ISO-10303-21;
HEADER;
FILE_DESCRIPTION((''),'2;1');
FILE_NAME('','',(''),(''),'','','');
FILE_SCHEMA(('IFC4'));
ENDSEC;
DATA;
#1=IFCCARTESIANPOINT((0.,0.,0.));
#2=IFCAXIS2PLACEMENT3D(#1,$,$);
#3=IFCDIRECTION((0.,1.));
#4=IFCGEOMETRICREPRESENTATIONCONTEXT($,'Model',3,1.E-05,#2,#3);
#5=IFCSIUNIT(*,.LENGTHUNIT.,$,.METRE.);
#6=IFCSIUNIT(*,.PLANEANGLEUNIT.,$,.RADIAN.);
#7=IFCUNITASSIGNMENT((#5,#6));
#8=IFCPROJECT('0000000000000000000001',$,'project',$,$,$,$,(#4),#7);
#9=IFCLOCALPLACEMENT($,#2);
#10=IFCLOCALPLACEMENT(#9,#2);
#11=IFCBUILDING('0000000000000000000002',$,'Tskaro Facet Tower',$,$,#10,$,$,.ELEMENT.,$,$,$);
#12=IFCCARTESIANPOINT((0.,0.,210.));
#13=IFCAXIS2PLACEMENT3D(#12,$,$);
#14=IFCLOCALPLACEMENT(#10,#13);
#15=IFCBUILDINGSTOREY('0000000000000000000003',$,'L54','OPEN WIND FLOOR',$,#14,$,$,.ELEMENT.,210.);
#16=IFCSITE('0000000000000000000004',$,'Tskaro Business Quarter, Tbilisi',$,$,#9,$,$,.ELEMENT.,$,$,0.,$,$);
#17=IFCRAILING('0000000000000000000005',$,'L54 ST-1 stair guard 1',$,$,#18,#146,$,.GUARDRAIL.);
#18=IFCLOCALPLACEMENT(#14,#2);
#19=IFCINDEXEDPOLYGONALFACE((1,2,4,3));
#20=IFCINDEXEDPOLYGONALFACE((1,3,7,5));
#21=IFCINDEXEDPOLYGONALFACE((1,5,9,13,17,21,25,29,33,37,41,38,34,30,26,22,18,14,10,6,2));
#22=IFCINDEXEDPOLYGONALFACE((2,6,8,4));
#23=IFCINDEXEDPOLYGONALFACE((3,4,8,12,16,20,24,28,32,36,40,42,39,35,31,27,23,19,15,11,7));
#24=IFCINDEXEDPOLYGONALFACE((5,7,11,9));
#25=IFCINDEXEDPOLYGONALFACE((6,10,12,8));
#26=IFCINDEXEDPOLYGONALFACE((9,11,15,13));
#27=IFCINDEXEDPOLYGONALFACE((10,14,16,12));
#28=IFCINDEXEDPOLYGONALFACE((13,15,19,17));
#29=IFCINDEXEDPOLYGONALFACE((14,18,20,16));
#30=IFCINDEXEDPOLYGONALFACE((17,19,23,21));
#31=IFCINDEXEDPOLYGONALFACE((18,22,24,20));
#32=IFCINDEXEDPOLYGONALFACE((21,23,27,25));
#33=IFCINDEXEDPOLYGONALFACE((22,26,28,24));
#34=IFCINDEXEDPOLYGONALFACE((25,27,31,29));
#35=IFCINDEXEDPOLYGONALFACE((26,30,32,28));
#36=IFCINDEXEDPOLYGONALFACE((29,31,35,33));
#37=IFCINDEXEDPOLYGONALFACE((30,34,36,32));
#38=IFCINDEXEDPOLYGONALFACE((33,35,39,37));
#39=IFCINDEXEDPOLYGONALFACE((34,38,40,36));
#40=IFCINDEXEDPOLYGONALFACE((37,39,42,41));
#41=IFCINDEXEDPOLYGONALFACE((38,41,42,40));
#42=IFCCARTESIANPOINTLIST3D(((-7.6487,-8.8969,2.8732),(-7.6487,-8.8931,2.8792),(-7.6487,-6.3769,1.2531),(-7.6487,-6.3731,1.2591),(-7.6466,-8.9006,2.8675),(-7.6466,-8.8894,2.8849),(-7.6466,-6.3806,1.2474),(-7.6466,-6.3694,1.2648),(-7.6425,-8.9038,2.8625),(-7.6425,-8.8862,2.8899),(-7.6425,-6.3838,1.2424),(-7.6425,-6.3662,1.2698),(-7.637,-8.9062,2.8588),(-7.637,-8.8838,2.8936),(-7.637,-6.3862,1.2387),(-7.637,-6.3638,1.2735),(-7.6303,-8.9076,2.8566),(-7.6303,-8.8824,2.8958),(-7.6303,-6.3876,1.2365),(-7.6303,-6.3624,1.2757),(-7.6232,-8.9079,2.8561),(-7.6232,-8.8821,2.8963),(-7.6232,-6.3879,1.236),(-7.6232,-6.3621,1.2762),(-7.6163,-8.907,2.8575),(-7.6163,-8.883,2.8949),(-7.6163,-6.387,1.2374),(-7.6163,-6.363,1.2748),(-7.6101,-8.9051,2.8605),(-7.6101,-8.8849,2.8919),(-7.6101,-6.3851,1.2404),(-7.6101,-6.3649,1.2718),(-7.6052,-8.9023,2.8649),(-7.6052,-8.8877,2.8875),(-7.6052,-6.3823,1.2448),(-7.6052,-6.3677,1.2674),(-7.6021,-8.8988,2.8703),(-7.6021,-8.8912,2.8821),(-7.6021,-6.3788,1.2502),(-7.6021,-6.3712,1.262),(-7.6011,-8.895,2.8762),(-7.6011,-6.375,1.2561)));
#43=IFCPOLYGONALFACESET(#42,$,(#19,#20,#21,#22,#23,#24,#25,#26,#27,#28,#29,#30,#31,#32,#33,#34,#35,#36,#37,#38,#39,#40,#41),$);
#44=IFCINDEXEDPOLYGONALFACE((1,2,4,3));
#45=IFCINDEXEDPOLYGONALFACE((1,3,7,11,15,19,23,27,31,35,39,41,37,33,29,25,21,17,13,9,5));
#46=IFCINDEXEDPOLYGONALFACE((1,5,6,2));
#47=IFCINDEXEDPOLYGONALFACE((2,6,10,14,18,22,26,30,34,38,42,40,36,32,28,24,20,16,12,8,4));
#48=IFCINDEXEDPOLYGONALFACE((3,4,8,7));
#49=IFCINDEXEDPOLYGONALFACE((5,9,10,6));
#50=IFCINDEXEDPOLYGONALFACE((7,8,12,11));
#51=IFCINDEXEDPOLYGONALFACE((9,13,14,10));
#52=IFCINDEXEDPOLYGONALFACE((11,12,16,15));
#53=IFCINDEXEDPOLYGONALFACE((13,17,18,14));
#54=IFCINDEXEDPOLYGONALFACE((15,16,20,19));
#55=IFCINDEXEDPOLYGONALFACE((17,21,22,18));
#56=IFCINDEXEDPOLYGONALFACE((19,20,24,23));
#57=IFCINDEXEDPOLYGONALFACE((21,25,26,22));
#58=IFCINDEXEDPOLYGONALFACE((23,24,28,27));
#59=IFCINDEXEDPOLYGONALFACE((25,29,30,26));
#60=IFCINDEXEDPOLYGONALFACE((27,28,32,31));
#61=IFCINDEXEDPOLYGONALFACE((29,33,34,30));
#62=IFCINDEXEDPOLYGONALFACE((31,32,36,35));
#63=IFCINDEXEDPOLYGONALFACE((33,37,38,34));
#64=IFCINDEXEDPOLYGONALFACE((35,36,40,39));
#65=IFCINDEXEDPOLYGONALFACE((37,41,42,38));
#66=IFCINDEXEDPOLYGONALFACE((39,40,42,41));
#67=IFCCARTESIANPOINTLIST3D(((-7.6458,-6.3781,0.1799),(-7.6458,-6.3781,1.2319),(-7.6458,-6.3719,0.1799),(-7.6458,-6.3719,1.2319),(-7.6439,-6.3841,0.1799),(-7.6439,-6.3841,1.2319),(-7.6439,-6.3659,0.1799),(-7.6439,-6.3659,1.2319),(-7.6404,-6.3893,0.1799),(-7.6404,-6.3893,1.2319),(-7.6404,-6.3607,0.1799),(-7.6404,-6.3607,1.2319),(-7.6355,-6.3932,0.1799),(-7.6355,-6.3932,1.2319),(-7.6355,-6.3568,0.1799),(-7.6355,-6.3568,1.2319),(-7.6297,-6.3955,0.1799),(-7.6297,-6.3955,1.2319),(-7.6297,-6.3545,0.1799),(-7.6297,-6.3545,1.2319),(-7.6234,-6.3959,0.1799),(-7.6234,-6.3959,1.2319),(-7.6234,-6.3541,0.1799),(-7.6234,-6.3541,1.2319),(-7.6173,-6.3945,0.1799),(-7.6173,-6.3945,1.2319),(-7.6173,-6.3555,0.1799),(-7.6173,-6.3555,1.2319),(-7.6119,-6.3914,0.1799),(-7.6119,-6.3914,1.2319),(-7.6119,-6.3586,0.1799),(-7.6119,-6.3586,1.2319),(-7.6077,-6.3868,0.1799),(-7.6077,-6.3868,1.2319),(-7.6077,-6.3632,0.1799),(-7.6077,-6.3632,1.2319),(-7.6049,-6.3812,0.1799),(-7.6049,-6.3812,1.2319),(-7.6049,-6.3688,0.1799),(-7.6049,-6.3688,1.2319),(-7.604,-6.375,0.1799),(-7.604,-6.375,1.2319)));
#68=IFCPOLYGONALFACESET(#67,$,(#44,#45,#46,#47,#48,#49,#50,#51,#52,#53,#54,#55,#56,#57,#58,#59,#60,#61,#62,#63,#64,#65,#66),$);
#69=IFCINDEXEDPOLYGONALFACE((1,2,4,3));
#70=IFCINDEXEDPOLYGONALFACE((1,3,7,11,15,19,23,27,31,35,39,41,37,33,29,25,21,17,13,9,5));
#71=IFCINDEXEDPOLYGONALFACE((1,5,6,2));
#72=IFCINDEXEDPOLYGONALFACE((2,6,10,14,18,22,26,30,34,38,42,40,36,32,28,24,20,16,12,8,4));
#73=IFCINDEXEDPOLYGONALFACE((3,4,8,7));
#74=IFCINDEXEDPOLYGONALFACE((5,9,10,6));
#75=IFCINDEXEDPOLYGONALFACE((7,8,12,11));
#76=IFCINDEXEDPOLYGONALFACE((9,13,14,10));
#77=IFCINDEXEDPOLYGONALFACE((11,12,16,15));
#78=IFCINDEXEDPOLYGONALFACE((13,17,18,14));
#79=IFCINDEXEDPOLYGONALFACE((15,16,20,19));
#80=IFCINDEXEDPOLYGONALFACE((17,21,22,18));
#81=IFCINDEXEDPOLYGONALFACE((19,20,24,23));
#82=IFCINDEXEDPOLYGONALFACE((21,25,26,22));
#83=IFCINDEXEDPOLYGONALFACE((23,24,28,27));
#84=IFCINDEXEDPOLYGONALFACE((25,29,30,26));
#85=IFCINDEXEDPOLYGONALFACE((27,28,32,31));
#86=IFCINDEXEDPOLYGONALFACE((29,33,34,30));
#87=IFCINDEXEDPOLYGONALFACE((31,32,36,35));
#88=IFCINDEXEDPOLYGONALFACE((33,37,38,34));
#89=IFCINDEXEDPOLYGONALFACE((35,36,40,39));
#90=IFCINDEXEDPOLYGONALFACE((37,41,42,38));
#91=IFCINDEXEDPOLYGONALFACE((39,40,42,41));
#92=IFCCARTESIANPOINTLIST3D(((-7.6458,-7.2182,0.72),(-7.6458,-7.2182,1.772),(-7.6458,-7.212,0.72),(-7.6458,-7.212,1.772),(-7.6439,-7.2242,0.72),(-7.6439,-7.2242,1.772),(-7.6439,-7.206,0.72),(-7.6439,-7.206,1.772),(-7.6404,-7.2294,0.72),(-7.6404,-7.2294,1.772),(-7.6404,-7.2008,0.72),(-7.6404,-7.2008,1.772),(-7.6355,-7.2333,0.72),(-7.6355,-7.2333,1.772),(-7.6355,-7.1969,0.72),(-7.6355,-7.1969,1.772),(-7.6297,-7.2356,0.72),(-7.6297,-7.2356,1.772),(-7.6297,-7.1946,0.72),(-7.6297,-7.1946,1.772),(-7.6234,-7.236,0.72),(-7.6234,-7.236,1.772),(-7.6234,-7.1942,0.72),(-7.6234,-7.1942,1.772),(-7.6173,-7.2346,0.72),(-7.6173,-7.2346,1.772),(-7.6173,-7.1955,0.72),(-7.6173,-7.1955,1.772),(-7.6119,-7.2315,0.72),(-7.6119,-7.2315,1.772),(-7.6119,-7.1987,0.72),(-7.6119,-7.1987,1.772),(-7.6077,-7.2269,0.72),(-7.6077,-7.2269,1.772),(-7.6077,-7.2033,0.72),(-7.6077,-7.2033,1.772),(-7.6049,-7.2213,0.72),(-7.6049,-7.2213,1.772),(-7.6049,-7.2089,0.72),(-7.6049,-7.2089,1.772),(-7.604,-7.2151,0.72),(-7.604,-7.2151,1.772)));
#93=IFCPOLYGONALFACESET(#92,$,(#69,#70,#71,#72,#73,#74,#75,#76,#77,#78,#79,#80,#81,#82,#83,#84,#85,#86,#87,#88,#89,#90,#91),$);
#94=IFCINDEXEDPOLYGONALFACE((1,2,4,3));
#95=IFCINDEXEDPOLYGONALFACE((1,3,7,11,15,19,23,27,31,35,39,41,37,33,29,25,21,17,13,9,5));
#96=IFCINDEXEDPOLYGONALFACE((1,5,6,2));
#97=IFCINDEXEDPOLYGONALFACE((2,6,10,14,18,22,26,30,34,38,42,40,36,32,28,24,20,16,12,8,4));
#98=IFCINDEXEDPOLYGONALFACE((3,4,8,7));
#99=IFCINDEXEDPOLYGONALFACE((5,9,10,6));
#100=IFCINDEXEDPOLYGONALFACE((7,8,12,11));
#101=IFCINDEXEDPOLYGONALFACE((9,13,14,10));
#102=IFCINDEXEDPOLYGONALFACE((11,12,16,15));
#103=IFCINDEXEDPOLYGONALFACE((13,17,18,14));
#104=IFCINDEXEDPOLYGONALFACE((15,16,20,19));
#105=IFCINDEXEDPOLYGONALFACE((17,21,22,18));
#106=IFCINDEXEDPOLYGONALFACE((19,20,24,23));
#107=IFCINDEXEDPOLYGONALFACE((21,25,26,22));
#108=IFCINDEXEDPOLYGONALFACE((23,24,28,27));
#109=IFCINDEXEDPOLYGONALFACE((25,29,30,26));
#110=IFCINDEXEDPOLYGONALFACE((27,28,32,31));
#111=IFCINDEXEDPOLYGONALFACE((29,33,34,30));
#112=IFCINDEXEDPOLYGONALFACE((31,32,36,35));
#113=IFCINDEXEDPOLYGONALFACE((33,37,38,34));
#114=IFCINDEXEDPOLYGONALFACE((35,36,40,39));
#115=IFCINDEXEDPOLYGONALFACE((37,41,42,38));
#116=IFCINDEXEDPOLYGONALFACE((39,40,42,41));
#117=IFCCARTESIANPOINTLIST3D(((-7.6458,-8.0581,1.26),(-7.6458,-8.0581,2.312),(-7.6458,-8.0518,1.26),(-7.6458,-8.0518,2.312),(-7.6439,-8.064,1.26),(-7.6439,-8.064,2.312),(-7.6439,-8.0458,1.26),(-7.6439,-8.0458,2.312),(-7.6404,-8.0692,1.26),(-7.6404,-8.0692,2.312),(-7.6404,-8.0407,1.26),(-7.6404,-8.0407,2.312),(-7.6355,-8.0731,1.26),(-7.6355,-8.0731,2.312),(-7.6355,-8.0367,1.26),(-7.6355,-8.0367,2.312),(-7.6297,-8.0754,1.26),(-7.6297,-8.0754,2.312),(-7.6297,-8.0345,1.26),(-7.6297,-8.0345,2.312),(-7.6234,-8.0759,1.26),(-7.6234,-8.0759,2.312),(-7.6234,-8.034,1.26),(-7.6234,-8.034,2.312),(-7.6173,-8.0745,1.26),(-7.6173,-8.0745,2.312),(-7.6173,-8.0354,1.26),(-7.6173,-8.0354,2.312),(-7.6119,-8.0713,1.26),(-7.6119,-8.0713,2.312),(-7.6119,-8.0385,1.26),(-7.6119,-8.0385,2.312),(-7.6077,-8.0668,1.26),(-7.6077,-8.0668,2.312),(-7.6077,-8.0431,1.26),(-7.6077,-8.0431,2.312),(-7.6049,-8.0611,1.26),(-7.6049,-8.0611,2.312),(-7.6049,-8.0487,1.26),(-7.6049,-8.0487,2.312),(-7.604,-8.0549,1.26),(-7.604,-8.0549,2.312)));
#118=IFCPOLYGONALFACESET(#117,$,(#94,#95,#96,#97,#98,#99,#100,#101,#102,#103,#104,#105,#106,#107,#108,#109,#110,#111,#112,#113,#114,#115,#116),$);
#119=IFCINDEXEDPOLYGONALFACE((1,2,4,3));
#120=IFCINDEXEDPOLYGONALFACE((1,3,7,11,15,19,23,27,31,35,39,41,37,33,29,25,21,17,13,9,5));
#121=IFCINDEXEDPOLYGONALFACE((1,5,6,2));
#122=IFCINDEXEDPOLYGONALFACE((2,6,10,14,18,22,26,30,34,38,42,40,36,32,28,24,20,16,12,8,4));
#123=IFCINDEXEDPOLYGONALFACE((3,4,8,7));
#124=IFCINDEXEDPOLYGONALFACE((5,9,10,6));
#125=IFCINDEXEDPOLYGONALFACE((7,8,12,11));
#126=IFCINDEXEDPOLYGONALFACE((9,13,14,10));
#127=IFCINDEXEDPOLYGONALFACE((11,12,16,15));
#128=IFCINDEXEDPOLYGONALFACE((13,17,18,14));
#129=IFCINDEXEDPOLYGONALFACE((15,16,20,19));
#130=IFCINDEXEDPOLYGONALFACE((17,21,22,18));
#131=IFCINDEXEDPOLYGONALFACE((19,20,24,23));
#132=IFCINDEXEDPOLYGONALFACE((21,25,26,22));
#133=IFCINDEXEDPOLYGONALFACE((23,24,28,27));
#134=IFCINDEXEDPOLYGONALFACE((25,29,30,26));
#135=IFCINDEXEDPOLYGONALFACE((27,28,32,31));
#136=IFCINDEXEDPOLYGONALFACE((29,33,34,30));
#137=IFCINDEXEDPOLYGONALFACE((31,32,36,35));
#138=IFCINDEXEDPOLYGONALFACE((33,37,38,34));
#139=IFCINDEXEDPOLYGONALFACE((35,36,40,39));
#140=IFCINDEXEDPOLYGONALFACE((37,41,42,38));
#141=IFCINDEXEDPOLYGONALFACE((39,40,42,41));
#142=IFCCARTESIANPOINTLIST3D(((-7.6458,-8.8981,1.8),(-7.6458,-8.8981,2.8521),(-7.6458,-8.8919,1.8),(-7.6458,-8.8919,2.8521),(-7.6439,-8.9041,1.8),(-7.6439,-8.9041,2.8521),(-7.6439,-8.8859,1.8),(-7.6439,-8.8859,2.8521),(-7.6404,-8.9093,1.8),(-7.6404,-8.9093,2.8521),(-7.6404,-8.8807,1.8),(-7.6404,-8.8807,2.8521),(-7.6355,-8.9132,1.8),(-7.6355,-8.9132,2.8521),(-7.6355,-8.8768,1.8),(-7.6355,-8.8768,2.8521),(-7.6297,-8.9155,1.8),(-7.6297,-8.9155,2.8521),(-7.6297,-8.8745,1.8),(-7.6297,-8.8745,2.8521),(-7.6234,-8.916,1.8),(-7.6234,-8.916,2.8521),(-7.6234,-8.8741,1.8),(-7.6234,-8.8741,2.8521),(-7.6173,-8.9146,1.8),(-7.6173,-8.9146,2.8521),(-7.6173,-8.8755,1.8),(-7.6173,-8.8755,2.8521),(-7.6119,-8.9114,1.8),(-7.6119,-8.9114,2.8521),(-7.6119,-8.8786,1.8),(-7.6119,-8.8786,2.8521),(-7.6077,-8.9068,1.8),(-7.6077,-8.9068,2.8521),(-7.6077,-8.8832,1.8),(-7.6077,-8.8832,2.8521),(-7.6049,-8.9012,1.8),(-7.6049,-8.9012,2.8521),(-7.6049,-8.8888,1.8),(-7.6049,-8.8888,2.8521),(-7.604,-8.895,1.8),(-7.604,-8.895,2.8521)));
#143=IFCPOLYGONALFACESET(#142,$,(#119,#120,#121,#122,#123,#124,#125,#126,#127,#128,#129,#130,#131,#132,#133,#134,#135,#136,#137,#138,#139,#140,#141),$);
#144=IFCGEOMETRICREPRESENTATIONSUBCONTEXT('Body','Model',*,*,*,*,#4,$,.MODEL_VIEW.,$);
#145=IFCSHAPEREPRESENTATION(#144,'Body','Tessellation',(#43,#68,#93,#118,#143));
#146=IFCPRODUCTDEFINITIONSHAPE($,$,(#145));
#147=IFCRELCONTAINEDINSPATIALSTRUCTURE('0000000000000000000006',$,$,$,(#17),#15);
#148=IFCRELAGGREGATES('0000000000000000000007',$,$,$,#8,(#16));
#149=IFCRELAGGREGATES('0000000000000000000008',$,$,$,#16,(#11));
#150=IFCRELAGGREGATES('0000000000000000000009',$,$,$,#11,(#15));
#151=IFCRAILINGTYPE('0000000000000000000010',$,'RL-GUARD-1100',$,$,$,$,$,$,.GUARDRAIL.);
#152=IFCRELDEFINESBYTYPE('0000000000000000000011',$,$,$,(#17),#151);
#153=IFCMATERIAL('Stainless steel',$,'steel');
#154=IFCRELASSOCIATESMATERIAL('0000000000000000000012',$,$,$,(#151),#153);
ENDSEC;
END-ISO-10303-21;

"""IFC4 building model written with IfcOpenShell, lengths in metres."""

from ifc_helpers import new_model, si_unit, direction, frame, origin, origin_2d, place, context, subcontext, project, spatial, circle, extrude, material, type_object, element, save


model = new_model("IFC4")

# Units and contexts
model_context = context("Model", 3, precision=1e-05, world=origin(), true_north=direction((0.0, 1.0)))
body_context = subcontext(model_context, "Body", "Model", "MODEL_VIEW")
ifc_project = project(units=[si_unit("LENGTHUNIT", "METRE"), si_unit("PLANEANGLEUNIT", "RADIAN")], contexts=[model_context])

# Site, building, storey
site_placement = place(None, origin())
site = spatial("IfcSite", under=ifc_project, at=site_placement, Name="Tskaro Business Quarter, Tbilisi", CompositionType="ELEMENT", RefElevation=0.0)
building_placement = place(site_placement, origin())
building = spatial("IfcBuilding", under=site, at=building_placement, Name="Tskaro Facet Tower", CompositionType="ELEMENT")
storey_placement = place(building_placement, frame((0.0, 0.0, 210.0)))
storey = spatial("IfcBuildingStorey", under=building, at=storey_placement, Name="L54", Description="OPEN WIND FLOOR", CompositionType="ELEMENT", Elevation=210.0)

# Shared definitions
ifc_material_1 = material(Name="Stainless steel", Category="steel")

# Railing
railing_type_1 = type_object("IfcRailingType", Name="RL-GUARD-1100", PredefinedType="GUARDRAIL", material=ifc_material_1)
railing_1_placement = place(storey_placement, frame((-7.625, -6.375, 0.1799)))
element("IfcRailing", 1, at=railing_1_placement, inside=storey, type_object=railing_type_1, Name="L54 ST-1 stair guard 1", PredefinedType="GUARDRAIL", context=body_context, shape_type="SweptSolid", body=[
    extrude(circle(Radius=0.0239, at=origin_2d()), frame((0.0, 0.0, 1.0762), z_axis=(0.0, -0.841163, 0.540782), x_axis=(1.0, 0.0, 0.0)), (0.0, 0.0, 1.0), 2.9958),
    extrude(circle(Radius=0.021, at=origin_2d()), origin(), (0.0, 0.0, 1.0), 1.052),
    extrude(circle(Radius=0.021, at=origin_2d()), frame((0.0, -0.8401, 0.54)), (0.0, 0.0, 1.0), 1.052),
    extrude(circle(Radius=0.021, at=origin_2d()), frame((0.0, -1.6799, 1.0801)), (0.0, 0.0, 1.0), 1.052),
    extrude(circle(Radius=0.021, at=origin_2d()), frame((0.0, -2.52, 1.6201)), (0.0, 0.0, 1.0), 1.052),
])

save(model, "model.ifc")
